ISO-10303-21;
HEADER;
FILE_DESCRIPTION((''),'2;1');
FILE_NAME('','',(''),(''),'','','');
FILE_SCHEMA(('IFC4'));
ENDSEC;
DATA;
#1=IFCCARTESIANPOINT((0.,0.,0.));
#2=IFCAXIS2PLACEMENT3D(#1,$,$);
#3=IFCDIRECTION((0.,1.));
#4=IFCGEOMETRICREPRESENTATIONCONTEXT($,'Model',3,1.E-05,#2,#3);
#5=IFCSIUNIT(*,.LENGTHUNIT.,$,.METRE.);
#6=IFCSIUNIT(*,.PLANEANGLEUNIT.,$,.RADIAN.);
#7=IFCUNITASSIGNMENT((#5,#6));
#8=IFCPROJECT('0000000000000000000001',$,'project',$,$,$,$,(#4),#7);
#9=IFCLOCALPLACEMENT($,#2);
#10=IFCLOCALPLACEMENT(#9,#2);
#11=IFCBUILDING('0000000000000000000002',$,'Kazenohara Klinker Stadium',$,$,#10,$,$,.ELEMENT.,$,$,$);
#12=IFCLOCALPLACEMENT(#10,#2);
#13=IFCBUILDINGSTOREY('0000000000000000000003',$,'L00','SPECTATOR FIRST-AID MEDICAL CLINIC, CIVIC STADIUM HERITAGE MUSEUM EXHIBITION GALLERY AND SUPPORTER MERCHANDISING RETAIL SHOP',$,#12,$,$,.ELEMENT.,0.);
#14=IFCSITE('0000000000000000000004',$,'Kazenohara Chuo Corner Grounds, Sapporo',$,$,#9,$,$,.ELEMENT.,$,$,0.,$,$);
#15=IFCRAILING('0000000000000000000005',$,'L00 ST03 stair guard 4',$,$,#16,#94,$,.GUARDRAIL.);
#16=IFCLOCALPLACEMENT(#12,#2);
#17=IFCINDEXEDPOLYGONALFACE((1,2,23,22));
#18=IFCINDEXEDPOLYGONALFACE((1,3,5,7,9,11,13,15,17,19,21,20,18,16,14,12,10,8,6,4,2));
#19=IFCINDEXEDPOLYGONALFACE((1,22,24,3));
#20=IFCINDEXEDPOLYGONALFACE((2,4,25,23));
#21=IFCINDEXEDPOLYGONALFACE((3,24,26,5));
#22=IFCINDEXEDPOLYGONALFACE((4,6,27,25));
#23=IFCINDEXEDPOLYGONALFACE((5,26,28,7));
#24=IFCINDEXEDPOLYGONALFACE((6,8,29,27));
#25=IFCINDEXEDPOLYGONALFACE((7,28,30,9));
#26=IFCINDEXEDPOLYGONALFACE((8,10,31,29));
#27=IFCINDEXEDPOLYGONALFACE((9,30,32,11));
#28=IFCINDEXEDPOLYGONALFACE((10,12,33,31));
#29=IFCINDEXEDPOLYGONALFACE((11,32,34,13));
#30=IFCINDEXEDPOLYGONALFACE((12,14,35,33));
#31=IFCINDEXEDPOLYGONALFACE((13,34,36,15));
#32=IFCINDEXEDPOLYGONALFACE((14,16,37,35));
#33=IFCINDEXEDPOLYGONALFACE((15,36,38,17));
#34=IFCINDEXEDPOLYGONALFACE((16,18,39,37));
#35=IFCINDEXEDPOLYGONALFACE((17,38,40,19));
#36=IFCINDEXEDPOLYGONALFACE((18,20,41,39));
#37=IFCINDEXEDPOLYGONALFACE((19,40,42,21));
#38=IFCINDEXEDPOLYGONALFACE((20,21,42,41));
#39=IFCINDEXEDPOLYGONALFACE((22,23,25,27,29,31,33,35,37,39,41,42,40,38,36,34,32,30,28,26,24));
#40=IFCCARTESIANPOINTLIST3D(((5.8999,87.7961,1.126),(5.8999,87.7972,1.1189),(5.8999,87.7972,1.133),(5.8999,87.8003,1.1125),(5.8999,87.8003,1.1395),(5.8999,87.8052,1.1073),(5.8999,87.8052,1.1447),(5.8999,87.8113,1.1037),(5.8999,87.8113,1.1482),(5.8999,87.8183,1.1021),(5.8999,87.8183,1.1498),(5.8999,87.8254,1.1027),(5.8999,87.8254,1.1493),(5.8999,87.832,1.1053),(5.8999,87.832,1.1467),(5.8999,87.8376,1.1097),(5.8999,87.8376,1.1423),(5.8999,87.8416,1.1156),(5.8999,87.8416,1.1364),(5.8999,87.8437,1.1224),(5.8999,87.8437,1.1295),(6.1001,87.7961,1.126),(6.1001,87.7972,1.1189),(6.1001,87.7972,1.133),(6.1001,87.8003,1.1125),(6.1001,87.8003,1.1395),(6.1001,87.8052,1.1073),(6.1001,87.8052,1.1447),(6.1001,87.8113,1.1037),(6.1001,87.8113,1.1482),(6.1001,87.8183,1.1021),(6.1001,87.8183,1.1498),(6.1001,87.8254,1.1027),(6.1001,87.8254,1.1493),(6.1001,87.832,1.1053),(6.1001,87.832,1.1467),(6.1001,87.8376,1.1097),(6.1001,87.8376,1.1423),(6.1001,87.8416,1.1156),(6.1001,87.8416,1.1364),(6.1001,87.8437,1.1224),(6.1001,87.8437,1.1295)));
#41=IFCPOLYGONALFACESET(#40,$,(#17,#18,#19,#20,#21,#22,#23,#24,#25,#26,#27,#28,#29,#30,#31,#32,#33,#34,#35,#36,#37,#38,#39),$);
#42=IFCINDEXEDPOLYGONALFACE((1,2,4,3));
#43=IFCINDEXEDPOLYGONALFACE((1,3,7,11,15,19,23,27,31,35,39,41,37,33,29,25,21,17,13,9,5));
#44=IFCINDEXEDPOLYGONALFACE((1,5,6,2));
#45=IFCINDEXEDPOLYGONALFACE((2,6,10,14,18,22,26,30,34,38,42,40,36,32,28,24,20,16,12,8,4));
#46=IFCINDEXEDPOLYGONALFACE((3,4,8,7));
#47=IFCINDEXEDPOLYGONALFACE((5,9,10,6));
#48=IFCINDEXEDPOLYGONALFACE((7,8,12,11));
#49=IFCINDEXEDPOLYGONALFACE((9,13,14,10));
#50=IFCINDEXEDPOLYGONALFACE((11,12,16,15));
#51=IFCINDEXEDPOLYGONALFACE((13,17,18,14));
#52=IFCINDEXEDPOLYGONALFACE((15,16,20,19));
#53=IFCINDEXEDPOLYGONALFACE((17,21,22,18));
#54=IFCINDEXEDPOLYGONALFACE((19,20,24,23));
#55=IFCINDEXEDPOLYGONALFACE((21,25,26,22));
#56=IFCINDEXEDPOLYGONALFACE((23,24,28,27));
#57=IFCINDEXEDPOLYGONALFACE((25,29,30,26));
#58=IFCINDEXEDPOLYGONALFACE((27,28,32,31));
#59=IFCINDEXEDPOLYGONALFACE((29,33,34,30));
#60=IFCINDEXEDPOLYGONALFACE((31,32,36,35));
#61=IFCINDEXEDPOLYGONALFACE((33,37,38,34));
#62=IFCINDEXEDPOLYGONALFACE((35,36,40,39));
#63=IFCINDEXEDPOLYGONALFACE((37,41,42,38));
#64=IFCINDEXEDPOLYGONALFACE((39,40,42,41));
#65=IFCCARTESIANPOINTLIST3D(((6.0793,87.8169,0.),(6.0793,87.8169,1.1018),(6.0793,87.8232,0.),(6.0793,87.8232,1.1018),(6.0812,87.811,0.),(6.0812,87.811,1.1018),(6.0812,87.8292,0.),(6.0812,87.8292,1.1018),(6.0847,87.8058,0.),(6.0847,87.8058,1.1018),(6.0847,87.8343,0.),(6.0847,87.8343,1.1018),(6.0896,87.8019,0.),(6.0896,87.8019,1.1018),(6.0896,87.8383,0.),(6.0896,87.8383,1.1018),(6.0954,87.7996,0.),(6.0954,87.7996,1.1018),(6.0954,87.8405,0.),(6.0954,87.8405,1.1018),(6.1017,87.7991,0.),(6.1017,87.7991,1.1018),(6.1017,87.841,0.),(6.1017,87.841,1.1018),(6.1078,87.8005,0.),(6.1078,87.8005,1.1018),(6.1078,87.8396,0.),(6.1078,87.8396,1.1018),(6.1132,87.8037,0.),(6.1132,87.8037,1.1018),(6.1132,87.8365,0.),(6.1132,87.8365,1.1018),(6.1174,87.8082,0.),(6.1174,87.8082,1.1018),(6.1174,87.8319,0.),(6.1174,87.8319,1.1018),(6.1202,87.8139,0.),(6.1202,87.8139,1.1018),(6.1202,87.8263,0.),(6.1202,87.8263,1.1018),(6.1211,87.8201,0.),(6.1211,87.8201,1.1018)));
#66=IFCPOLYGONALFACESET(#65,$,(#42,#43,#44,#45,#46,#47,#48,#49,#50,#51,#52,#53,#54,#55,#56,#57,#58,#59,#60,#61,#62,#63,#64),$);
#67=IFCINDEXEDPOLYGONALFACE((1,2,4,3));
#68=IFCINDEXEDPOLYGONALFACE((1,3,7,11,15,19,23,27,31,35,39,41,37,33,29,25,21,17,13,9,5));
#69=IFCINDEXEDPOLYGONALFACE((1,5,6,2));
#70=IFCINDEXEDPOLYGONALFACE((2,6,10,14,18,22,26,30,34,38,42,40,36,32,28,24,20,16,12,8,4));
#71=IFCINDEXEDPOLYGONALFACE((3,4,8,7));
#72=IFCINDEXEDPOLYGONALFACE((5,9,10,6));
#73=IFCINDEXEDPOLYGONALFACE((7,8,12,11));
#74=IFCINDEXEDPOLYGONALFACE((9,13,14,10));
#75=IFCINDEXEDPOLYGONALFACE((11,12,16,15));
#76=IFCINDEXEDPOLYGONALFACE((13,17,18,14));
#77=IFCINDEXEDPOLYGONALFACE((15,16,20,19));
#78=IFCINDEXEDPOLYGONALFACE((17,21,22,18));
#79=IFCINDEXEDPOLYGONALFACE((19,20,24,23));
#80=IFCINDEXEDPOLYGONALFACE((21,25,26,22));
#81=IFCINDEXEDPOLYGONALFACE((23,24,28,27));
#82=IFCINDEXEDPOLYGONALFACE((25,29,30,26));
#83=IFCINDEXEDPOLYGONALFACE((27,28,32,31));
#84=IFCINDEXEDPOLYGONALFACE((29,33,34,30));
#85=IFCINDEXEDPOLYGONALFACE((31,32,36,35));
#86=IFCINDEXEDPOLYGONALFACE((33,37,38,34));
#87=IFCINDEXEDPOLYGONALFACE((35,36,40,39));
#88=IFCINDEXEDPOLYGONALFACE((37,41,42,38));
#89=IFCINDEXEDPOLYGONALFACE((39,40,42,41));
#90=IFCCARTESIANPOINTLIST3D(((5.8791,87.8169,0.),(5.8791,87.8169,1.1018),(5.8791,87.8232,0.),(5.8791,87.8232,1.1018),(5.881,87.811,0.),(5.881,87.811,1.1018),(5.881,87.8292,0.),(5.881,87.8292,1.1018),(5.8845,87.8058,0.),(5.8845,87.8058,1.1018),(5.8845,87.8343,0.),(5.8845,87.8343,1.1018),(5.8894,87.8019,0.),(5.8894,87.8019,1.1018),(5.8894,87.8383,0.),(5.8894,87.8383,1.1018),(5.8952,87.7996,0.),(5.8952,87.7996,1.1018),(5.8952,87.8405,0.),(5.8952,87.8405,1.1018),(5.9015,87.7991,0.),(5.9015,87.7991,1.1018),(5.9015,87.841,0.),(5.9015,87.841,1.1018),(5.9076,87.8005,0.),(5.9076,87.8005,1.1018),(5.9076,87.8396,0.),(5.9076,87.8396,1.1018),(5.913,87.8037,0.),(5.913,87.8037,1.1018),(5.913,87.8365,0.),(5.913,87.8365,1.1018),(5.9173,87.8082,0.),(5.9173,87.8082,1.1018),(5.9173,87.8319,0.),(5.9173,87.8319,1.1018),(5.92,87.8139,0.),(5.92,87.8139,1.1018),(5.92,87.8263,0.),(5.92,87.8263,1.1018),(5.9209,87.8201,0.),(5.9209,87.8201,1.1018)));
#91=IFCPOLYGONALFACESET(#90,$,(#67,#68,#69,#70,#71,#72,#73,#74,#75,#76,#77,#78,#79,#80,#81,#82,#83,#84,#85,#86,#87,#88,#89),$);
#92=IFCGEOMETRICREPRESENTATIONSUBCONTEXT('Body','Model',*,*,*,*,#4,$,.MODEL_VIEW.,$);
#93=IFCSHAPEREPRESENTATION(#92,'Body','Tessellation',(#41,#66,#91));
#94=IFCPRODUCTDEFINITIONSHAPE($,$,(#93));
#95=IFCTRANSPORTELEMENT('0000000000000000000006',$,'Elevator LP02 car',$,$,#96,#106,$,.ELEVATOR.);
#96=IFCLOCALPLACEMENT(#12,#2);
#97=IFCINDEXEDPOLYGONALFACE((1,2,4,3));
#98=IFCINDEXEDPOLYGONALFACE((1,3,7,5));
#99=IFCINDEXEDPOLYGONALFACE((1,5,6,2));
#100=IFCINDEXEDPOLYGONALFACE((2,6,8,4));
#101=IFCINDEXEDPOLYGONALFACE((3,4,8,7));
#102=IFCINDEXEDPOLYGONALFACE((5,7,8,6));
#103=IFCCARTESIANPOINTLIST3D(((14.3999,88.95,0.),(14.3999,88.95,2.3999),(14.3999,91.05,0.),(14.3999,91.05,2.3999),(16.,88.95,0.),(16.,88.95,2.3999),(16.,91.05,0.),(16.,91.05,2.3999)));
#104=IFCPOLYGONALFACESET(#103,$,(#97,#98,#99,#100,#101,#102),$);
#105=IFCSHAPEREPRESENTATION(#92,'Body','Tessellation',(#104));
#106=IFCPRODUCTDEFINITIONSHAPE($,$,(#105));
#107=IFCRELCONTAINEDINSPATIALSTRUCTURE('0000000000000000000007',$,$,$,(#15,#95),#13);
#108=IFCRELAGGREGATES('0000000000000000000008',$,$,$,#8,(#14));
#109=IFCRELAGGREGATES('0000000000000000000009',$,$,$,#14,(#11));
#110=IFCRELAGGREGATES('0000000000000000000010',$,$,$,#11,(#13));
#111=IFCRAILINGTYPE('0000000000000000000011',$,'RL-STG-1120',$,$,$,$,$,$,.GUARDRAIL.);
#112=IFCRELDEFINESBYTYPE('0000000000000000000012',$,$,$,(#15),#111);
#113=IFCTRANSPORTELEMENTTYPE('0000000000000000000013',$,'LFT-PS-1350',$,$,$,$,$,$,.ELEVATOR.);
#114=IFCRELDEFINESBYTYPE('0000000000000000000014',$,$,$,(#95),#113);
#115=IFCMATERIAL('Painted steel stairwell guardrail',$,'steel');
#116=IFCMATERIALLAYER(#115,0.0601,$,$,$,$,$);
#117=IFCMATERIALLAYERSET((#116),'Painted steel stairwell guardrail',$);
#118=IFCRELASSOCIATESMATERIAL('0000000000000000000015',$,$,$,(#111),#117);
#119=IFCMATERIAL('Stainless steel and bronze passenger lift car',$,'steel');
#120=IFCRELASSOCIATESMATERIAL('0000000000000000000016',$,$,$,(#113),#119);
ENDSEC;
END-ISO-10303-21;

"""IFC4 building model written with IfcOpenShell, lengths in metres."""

from ifc_helpers import new_model, si_unit, direction, frame, origin, origin_2d, place, context, subcontext, project, spatial, rectangle, circle, extrude, material, layer, layer_set, type_object, element, save


model = new_model("IFC4")

# Units and contexts
model_context = context("Model", 3, precision=1e-05, world=origin(), true_north=direction((0.0, 1.0)))
body_context = subcontext(model_context, "Body", "Model", "MODEL_VIEW")
ifc_project = project(units=[si_unit("LENGTHUNIT", "METRE"), si_unit("PLANEANGLEUNIT", "RADIAN")], contexts=[model_context])

# Site, building, storey
site_placement = place(None, origin())
site = spatial("IfcSite", under=ifc_project, at=site_placement, Name="Kazenohara Chuo Corner Grounds, Sapporo", CompositionType="ELEMENT", RefElevation=0.0)
building_placement = place(site_placement, origin())
building = spatial("IfcBuilding", under=site, at=building_placement, Name="Kazenohara Klinker Stadium", CompositionType="ELEMENT")
storey_placement = place(building_placement, origin())
storey = spatial("IfcBuildingStorey", under=building, at=storey_placement, Name="L00", Description="SPECTATOR FIRST-AID MEDICAL CLINIC, CIVIC STADIUM HERITAGE MUSEUM EXHIBITION GALLERY AND SUPPORTER MERCHANDISING RETAIL SHOP", CompositionType="ELEMENT", Elevation=0.0)

# Railing
ifc_material_1 = material(Name="Painted steel stairwell guardrail", Category="steel")
ifc_layer_1 = layer(ifc_material_1, 0.0601)
ifc_layer_set_1 = layer_set([ifc_layer_1], Name="Painted steel stairwell guardrail")
railing_type_1 = type_object("IfcRailingType", Name="RL-STG-1120", PredefinedType="GUARDRAIL", material=ifc_layer_set_1)
railing_1_placement = place(storey_placement, frame((6.1001, 87.8201, 0.0)))
element("IfcRailing", 1, at=railing_1_placement, inside=storey, type_object=railing_type_1, Name="L00 ST03 stair guard 4", PredefinedType="GUARDRAIL", context=body_context, shape_type="SweptSolid", body=[
    extrude(circle(Radius=0.0239, at=origin_2d()), frame((0.0, 0.0, 1.126), z_axis=(-1.0, 0.0, 0.0), x_axis=(0.0, -1.0, 0.0)), (0.0, 0.0, 1.0), 0.2002),
    extrude(circle(Radius=0.021, at=origin_2d()), origin(), (0.0, 0.0, 1.0), 1.1018),
    extrude(circle(Radius=0.021, at=origin_2d()), frame((-0.2002, 0.0, 0.0)), (0.0, 0.0, 1.0), 1.1018),
])

# Transport element
ifc_material_2 = material(Name="Stainless steel and bronze passenger lift car", Category="steel")
transport_element_type = type_object("IfcTransportElementType", Name="LFT-PS-1350", PredefinedType="ELEVATOR", material=ifc_material_2)
transport_element_placement = place(storey_placement, frame((15.2, 90.0, 0.0), z_axis=(0.0, 0.0, 1.0), x_axis=(1.0, 0.0, 0.0)))
element("IfcTransportElement", 2, at=transport_element_placement, inside=storey, type_object=transport_element_type, Name="Elevator LP02 car", PredefinedType="ELEVATOR", context=body_context, shape_type="SweptSolid", body=[
    extrude(rectangle(XDim=1.6001, YDim=2.1001, at=origin_2d()), origin(), (0.0, 0.0, 1.0), 2.3999),
])

save(model, "model.ifc")
